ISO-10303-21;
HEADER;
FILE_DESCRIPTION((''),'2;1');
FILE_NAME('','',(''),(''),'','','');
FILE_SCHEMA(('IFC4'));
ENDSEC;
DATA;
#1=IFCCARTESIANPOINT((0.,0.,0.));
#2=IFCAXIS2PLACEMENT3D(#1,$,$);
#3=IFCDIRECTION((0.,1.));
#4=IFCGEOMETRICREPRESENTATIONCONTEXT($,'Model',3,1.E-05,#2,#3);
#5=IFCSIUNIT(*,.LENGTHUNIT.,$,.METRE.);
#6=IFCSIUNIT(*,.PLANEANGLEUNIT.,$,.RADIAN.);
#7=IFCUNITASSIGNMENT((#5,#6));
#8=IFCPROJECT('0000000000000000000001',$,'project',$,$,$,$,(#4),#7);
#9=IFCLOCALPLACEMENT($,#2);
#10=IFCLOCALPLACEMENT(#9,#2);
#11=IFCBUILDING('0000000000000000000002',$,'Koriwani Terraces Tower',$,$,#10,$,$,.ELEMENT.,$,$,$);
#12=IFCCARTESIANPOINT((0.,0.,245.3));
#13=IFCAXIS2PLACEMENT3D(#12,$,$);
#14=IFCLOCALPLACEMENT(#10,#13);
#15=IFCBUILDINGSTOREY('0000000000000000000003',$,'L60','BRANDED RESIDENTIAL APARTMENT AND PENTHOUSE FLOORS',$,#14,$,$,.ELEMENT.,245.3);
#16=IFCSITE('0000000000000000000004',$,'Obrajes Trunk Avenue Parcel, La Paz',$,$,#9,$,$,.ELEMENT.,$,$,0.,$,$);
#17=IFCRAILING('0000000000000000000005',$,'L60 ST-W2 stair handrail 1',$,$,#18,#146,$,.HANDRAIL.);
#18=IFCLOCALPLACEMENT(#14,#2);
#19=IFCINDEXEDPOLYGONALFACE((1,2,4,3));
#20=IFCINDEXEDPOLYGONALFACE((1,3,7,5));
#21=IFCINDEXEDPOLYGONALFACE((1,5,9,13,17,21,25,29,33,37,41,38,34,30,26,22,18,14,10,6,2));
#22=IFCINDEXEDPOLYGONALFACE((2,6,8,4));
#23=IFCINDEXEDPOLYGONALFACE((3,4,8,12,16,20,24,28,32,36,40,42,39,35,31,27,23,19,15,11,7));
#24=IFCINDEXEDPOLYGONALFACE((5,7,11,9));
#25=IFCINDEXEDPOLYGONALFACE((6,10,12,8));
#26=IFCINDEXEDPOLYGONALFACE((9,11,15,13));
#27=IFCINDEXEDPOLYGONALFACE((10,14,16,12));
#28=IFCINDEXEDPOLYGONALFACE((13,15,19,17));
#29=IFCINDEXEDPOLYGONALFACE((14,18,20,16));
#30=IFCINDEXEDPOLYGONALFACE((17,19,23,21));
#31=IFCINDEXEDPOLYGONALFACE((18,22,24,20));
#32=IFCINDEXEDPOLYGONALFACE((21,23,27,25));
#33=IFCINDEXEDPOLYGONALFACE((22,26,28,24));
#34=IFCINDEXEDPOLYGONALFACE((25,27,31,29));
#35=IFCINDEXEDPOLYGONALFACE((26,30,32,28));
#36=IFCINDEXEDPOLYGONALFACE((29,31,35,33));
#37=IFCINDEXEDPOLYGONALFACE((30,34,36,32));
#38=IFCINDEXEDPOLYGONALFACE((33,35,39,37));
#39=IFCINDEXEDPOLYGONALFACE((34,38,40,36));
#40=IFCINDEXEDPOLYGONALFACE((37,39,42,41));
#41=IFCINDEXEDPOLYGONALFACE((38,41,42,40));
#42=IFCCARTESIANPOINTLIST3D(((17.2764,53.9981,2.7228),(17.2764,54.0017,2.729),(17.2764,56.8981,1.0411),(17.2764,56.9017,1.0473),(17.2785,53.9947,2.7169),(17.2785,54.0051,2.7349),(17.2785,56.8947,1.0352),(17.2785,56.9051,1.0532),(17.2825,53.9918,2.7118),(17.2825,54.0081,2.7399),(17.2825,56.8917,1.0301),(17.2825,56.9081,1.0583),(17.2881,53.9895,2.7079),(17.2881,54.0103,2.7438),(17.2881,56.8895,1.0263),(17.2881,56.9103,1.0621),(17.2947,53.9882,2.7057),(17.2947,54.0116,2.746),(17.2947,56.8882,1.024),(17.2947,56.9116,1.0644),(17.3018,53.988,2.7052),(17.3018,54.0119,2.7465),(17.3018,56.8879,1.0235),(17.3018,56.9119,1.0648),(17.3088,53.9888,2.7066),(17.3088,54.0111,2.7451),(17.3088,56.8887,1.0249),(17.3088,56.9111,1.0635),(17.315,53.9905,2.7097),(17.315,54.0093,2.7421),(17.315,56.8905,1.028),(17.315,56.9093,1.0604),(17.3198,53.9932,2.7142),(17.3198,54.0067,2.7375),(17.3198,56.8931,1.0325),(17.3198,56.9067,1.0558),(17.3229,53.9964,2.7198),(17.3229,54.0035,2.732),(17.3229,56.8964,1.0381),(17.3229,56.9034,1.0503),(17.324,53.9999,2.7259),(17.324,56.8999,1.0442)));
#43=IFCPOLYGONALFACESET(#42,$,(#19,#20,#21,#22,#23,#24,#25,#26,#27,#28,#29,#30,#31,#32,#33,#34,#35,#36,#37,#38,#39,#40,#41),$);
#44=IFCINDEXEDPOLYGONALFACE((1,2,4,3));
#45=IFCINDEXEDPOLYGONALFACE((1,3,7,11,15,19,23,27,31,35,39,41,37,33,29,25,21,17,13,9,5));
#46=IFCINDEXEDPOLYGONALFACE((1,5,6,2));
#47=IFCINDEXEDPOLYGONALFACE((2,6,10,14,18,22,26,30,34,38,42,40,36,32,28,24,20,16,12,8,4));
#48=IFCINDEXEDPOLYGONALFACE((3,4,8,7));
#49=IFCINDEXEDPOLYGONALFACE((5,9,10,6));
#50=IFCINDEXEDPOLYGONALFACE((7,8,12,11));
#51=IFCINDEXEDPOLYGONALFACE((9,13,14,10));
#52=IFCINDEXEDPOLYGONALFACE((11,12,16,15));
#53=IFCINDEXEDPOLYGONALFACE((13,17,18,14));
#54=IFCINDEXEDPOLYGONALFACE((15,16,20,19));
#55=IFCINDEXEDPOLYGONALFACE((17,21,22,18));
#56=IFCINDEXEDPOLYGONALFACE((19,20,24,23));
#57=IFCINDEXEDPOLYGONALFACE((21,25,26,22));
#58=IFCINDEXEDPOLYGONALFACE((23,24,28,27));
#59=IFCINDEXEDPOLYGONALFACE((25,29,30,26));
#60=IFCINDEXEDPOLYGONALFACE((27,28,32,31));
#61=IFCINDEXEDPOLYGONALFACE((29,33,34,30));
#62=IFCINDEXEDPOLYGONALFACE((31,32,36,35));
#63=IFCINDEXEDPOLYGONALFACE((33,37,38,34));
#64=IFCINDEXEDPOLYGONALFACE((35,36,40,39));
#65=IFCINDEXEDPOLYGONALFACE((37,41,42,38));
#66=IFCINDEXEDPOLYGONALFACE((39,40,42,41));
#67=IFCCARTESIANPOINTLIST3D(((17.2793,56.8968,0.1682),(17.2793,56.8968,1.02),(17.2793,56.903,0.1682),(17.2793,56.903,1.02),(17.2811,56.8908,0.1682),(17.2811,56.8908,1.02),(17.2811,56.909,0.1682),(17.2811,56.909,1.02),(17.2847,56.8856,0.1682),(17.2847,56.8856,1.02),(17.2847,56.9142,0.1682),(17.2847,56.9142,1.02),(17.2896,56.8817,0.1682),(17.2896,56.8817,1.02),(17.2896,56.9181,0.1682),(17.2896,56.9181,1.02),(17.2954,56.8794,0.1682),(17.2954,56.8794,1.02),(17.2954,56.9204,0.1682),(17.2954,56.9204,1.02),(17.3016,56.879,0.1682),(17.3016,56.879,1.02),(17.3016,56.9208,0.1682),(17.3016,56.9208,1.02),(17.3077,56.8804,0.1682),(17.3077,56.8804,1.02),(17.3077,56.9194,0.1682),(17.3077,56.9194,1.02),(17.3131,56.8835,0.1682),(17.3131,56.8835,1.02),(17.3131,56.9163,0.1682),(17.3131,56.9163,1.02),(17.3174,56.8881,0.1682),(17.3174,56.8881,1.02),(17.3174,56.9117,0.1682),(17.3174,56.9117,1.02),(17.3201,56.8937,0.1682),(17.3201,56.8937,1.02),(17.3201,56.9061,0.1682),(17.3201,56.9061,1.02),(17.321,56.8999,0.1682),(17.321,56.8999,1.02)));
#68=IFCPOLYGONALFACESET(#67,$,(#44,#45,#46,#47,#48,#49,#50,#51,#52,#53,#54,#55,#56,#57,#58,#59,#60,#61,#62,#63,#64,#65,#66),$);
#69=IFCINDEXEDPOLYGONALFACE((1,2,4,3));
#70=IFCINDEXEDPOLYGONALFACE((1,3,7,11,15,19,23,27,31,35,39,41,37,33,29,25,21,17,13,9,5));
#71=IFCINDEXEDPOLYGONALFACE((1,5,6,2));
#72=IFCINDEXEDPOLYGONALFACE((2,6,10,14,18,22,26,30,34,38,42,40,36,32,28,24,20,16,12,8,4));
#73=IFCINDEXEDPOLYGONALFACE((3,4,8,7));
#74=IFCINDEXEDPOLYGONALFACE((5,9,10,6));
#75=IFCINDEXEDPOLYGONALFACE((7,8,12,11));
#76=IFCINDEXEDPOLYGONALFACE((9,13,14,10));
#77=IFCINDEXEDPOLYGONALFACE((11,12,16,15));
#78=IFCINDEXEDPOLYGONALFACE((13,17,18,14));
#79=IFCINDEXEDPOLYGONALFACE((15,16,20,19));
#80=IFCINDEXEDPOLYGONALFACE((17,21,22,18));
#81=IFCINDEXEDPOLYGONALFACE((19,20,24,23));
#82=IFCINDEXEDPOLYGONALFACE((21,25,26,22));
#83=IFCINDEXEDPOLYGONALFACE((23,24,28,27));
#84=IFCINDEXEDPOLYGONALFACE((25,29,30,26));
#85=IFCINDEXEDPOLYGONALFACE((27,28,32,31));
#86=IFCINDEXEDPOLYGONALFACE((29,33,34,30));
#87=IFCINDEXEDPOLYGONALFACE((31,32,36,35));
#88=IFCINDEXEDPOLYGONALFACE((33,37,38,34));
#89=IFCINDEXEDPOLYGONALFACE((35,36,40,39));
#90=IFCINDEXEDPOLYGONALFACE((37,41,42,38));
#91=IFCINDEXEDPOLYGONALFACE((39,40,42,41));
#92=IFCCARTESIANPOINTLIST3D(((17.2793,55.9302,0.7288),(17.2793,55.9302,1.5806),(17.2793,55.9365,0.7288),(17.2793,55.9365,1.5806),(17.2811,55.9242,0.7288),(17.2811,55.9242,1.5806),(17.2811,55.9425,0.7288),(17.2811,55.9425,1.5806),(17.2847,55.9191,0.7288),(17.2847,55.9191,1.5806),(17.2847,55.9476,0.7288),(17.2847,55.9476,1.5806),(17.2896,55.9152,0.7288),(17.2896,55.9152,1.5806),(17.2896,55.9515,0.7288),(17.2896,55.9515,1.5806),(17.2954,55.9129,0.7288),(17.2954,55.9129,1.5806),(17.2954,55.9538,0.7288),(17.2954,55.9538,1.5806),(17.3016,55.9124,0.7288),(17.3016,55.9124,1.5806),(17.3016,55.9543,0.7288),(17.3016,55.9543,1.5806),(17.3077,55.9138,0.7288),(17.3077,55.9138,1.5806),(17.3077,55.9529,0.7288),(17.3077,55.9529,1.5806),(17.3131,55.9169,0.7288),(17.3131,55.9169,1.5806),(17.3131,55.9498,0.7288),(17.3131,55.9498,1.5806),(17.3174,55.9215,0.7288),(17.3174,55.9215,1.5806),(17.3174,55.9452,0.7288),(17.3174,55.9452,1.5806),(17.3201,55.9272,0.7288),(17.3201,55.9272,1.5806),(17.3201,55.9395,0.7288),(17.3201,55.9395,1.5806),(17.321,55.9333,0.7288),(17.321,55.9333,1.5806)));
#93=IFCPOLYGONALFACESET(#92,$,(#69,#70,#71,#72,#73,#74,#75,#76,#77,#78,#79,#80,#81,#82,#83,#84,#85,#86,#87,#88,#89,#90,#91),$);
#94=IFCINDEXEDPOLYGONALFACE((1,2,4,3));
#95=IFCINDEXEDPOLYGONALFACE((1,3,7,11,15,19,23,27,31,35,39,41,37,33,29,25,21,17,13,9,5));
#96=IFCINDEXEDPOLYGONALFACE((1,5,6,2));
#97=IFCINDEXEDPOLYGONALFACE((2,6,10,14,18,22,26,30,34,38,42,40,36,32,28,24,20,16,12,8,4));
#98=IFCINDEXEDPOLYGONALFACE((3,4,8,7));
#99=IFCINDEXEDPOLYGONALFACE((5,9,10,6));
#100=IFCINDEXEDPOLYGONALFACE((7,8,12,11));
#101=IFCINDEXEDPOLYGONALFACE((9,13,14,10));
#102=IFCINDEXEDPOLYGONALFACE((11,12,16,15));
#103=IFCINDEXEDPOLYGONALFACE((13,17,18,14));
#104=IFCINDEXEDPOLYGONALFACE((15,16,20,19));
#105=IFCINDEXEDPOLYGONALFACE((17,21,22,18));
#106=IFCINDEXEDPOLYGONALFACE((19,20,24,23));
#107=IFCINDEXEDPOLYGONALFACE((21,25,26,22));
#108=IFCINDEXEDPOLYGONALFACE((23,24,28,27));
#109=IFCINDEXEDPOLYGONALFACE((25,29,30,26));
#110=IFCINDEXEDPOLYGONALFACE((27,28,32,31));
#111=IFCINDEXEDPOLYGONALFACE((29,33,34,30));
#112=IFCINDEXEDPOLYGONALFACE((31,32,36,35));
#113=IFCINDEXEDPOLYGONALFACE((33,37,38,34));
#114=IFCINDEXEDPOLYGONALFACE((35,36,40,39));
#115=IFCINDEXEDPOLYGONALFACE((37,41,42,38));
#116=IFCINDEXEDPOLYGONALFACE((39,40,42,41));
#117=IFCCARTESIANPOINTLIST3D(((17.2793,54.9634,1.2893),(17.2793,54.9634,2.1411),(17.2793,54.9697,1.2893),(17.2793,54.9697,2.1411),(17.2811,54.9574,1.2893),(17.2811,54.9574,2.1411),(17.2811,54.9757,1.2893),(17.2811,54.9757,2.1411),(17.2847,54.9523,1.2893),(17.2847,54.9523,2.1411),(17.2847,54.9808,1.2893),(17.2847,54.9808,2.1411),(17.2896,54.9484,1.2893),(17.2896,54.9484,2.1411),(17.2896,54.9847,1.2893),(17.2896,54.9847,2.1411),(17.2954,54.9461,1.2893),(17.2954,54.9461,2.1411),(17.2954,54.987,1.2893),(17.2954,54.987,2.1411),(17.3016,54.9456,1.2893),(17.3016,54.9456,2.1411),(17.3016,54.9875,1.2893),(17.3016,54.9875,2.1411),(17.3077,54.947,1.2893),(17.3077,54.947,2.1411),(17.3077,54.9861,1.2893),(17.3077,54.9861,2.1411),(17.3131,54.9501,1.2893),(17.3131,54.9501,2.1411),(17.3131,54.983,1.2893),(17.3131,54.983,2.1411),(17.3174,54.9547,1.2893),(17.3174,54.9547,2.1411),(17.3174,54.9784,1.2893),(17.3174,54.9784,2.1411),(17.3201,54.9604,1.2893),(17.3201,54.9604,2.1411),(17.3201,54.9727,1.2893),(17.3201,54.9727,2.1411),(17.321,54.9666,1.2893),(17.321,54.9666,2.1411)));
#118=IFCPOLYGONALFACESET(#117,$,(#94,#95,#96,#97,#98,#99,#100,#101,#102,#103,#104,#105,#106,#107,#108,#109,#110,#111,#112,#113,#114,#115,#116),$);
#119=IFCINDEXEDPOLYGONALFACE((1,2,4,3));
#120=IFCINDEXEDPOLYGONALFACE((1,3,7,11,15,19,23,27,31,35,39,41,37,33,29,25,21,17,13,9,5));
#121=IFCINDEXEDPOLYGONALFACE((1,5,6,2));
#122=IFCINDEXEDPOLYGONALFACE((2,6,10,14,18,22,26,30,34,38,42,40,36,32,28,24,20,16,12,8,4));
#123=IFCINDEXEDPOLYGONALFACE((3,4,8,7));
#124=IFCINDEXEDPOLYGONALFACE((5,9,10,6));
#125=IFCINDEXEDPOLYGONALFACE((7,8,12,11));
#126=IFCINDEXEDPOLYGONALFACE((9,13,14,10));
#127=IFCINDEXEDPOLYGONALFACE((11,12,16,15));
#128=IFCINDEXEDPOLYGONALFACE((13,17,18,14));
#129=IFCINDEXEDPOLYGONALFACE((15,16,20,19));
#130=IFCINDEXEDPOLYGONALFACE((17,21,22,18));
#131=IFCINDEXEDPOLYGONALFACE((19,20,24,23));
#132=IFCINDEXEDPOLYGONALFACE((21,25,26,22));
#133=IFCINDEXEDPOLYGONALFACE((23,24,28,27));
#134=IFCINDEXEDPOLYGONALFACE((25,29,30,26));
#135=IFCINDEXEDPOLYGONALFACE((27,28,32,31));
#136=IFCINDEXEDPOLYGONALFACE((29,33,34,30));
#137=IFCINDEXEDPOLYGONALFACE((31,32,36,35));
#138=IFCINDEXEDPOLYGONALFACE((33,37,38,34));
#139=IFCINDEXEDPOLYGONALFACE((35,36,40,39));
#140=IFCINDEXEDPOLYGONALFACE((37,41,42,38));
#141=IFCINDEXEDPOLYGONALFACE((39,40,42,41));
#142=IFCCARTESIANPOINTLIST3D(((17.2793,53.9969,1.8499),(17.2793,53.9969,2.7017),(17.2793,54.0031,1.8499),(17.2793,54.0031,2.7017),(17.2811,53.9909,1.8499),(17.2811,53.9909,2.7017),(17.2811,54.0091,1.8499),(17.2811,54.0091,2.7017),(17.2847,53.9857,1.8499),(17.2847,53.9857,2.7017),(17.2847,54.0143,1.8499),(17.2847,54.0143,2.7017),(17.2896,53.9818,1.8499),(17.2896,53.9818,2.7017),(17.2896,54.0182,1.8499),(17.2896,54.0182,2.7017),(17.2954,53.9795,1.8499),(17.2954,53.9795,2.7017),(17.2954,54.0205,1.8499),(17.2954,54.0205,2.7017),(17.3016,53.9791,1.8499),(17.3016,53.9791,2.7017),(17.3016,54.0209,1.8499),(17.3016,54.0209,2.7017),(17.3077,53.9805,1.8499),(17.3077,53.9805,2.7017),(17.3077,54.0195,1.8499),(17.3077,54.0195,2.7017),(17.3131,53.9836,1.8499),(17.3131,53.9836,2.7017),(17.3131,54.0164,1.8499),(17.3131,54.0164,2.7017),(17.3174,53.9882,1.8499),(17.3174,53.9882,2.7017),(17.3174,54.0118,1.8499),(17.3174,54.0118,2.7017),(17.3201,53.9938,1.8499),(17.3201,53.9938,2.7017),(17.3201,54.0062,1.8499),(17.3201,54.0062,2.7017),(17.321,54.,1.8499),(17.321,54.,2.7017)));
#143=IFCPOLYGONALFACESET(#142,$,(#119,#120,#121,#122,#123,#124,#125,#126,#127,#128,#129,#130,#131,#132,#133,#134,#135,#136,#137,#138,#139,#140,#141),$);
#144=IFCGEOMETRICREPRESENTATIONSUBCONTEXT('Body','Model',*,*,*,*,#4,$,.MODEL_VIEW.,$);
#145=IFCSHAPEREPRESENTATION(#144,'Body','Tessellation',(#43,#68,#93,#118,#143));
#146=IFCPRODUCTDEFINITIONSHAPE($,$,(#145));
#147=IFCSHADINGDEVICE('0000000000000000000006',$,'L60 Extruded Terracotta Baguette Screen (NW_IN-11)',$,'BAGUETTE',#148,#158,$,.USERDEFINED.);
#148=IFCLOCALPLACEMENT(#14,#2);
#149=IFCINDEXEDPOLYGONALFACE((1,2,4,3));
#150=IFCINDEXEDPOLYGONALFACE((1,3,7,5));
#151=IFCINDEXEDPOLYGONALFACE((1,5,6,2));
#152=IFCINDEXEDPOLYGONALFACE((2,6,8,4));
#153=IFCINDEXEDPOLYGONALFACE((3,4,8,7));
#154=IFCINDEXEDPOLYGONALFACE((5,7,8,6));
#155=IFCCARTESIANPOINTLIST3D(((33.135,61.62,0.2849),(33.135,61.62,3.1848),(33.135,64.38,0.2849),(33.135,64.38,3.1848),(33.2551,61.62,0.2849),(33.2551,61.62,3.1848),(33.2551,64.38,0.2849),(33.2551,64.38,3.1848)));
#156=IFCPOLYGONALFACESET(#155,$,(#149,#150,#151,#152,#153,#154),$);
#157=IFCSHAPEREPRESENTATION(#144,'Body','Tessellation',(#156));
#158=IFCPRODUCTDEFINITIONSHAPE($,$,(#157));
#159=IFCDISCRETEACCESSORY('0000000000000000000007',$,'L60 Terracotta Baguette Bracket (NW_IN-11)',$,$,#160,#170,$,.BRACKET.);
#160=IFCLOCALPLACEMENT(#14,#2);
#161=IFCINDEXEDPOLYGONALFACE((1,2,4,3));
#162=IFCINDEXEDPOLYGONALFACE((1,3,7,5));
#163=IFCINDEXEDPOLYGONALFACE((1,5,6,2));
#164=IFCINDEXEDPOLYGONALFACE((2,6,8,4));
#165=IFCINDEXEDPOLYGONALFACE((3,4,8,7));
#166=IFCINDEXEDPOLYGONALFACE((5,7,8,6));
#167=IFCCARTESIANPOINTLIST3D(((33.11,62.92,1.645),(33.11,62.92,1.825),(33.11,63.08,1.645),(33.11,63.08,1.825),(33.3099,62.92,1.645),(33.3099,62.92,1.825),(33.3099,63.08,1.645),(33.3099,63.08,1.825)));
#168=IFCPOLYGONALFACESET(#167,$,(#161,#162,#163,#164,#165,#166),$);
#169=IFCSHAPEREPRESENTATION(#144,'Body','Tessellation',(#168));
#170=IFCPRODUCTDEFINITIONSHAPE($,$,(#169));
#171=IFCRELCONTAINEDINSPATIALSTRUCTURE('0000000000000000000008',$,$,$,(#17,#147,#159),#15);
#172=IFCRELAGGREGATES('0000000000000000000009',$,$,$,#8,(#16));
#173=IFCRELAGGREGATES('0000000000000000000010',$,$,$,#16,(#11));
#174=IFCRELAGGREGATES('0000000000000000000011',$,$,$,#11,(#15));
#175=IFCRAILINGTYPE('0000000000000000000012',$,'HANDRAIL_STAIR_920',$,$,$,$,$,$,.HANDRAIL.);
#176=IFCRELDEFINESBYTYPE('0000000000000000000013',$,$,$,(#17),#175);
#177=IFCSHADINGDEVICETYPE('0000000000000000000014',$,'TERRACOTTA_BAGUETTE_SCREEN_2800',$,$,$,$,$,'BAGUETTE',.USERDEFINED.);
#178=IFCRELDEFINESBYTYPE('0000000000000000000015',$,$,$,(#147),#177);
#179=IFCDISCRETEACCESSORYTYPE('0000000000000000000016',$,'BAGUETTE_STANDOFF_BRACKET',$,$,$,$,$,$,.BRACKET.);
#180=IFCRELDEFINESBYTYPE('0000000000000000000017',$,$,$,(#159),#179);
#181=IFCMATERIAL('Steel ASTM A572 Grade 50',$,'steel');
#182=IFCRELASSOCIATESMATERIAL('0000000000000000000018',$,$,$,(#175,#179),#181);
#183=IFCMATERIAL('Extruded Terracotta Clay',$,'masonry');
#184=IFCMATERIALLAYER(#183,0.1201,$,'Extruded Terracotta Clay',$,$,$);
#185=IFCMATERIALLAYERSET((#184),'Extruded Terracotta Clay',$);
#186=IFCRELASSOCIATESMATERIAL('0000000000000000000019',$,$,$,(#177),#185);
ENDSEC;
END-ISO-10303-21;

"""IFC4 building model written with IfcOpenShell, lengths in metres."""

from ifc_helpers import new_model, si_unit, direction, frame, origin, origin_2d, place, context, subcontext, project, spatial, rectangle, circle, extrude, material, layer, layer_set, type_object, element, save


model = new_model("IFC4")

# Units and contexts
model_context = context("Model", 3, precision=1e-05, world=origin(), true_north=direction((0.0, 1.0)))
body_context = subcontext(model_context, "Body", "Model", "MODEL_VIEW")
ifc_project = project(units=[si_unit("LENGTHUNIT", "METRE"), si_unit("PLANEANGLEUNIT", "RADIAN")], contexts=[model_context])

# Site, building, storey
site_placement = place(None, origin())
site = spatial("IfcSite", under=ifc_project, at=site_placement, Name="Obrajes Trunk Avenue Parcel, La Paz", CompositionType="ELEMENT", RefElevation=0.0)
building_placement = place(site_placement, origin())
building = spatial("IfcBuilding", under=site, at=building_placement, Name="Koriwani Terraces Tower", CompositionType="ELEMENT")
storey_placement = place(building_placement, frame((0.0, 0.0, 245.3)))
storey = spatial("IfcBuildingStorey", under=building, at=storey_placement, Name="L60", Description="BRANDED RESIDENTIAL APARTMENT AND PENTHOUSE FLOORS", CompositionType="ELEMENT", Elevation=245.3)

# Shared definitions
ifc_material_1 = material(Name="Steel ASTM A572 Grade 50", Category="steel")

# Railing
railing_type_1 = type_object("IfcRailingType", Name="HANDRAIL_STAIR_920", PredefinedType="HANDRAIL", material=ifc_material_1)
railing_1_placement = place(storey_placement, frame((17.3, 56.8999, 0.1682)))
element("IfcRailing", 1, at=railing_1_placement, inside=storey, type_object=railing_type_1, Name="L60 ST-W2 stair handrail 1", PredefinedType="HANDRAIL", context=body_context, shape_type="SweptSolid", body=[
    extrude(circle(Radius=0.0239, at=origin_2d()), frame((0.0, 0.0, 0.876), z_axis=(0.0, -0.86507, 0.501651), x_axis=(1.0, 0.0, 0.0)), (0.0, 0.0, 1.0), 3.3523),
    extrude(circle(Radius=0.021, at=origin_2d()), origin(), (0.0, 0.0, 1.0), 0.8518),
    extrude(circle(Radius=0.021, at=origin_2d()), frame((0.0, -0.9666, 0.5605)), (0.0, 0.0, 1.0), 0.8518),
    extrude(circle(Radius=0.021, at=origin_2d()), frame((0.0, -1.9333, 1.1211)), (0.0, 0.0, 1.0), 0.8518),
    extrude(circle(Radius=0.021, at=origin_2d()), frame((0.0, -2.8999, 1.6816)), (0.0, 0.0, 1.0), 0.8518),
])

# Shading device
ifc_material_2 = material(Name="Extruded Terracotta Clay", Category="masonry")
ifc_layer_1 = layer(ifc_material_2, 0.1201, Name="Extruded Terracotta Clay")
ifc_layer_set_1 = layer_set([ifc_layer_1], Name="Extruded Terracotta Clay")
shading_device_type = type_object("IfcShadingDeviceType", Name="TERRACOTTA_BAGUETTE_SCREEN_2800", ElementType="BAGUETTE", PredefinedType="USERDEFINED", material=ifc_layer_set_1)
shading_device_placement = place(storey_placement, frame((33.1951, 63.0, 0.2849), z_axis=(0.0, 0.0, 1.0), x_axis=(0.0, -1.0, 0.0)))
element("IfcShadingDevice", 2, at=shading_device_placement, inside=storey, type_object=shading_device_type, Name="L60 Extruded Terracotta Baguette Screen (NW_IN-11)", ObjectType="BAGUETTE", PredefinedType="USERDEFINED", context=body_context, shape_type="SweptSolid", body=[
    extrude(rectangle(XDim=2.76, YDim=0.1201, at=origin_2d()), origin(), (0.0, 0.0, 1.0), 2.8999),
])

# Discrete accessory
discrete_accessory_type = type_object("IfcDiscreteAccessoryType", Name="BAGUETTE_STANDOFF_BRACKET", PredefinedType="BRACKET", material=ifc_material_1)
discrete_accessory_placement = place(storey_placement, frame((33.21, 63.0, 1.645), z_axis=(0.0, 0.0, 1.0), x_axis=(0.0, -1.0, 0.0)))
element("IfcDiscreteAccessory", 3, at=discrete_accessory_placement, inside=storey, type_object=discrete_accessory_type, Name="L60 Terracotta Baguette Bracket (NW_IN-11)", PredefinedType="BRACKET", context=body_context, shape_type="SweptSolid", body=[
    extrude(rectangle(XDim=0.1599, YDim=0.2, at=origin_2d()), origin(), (0.0, 0.0, 1.0), 0.1799),
])

save(model, "model.ifc")
